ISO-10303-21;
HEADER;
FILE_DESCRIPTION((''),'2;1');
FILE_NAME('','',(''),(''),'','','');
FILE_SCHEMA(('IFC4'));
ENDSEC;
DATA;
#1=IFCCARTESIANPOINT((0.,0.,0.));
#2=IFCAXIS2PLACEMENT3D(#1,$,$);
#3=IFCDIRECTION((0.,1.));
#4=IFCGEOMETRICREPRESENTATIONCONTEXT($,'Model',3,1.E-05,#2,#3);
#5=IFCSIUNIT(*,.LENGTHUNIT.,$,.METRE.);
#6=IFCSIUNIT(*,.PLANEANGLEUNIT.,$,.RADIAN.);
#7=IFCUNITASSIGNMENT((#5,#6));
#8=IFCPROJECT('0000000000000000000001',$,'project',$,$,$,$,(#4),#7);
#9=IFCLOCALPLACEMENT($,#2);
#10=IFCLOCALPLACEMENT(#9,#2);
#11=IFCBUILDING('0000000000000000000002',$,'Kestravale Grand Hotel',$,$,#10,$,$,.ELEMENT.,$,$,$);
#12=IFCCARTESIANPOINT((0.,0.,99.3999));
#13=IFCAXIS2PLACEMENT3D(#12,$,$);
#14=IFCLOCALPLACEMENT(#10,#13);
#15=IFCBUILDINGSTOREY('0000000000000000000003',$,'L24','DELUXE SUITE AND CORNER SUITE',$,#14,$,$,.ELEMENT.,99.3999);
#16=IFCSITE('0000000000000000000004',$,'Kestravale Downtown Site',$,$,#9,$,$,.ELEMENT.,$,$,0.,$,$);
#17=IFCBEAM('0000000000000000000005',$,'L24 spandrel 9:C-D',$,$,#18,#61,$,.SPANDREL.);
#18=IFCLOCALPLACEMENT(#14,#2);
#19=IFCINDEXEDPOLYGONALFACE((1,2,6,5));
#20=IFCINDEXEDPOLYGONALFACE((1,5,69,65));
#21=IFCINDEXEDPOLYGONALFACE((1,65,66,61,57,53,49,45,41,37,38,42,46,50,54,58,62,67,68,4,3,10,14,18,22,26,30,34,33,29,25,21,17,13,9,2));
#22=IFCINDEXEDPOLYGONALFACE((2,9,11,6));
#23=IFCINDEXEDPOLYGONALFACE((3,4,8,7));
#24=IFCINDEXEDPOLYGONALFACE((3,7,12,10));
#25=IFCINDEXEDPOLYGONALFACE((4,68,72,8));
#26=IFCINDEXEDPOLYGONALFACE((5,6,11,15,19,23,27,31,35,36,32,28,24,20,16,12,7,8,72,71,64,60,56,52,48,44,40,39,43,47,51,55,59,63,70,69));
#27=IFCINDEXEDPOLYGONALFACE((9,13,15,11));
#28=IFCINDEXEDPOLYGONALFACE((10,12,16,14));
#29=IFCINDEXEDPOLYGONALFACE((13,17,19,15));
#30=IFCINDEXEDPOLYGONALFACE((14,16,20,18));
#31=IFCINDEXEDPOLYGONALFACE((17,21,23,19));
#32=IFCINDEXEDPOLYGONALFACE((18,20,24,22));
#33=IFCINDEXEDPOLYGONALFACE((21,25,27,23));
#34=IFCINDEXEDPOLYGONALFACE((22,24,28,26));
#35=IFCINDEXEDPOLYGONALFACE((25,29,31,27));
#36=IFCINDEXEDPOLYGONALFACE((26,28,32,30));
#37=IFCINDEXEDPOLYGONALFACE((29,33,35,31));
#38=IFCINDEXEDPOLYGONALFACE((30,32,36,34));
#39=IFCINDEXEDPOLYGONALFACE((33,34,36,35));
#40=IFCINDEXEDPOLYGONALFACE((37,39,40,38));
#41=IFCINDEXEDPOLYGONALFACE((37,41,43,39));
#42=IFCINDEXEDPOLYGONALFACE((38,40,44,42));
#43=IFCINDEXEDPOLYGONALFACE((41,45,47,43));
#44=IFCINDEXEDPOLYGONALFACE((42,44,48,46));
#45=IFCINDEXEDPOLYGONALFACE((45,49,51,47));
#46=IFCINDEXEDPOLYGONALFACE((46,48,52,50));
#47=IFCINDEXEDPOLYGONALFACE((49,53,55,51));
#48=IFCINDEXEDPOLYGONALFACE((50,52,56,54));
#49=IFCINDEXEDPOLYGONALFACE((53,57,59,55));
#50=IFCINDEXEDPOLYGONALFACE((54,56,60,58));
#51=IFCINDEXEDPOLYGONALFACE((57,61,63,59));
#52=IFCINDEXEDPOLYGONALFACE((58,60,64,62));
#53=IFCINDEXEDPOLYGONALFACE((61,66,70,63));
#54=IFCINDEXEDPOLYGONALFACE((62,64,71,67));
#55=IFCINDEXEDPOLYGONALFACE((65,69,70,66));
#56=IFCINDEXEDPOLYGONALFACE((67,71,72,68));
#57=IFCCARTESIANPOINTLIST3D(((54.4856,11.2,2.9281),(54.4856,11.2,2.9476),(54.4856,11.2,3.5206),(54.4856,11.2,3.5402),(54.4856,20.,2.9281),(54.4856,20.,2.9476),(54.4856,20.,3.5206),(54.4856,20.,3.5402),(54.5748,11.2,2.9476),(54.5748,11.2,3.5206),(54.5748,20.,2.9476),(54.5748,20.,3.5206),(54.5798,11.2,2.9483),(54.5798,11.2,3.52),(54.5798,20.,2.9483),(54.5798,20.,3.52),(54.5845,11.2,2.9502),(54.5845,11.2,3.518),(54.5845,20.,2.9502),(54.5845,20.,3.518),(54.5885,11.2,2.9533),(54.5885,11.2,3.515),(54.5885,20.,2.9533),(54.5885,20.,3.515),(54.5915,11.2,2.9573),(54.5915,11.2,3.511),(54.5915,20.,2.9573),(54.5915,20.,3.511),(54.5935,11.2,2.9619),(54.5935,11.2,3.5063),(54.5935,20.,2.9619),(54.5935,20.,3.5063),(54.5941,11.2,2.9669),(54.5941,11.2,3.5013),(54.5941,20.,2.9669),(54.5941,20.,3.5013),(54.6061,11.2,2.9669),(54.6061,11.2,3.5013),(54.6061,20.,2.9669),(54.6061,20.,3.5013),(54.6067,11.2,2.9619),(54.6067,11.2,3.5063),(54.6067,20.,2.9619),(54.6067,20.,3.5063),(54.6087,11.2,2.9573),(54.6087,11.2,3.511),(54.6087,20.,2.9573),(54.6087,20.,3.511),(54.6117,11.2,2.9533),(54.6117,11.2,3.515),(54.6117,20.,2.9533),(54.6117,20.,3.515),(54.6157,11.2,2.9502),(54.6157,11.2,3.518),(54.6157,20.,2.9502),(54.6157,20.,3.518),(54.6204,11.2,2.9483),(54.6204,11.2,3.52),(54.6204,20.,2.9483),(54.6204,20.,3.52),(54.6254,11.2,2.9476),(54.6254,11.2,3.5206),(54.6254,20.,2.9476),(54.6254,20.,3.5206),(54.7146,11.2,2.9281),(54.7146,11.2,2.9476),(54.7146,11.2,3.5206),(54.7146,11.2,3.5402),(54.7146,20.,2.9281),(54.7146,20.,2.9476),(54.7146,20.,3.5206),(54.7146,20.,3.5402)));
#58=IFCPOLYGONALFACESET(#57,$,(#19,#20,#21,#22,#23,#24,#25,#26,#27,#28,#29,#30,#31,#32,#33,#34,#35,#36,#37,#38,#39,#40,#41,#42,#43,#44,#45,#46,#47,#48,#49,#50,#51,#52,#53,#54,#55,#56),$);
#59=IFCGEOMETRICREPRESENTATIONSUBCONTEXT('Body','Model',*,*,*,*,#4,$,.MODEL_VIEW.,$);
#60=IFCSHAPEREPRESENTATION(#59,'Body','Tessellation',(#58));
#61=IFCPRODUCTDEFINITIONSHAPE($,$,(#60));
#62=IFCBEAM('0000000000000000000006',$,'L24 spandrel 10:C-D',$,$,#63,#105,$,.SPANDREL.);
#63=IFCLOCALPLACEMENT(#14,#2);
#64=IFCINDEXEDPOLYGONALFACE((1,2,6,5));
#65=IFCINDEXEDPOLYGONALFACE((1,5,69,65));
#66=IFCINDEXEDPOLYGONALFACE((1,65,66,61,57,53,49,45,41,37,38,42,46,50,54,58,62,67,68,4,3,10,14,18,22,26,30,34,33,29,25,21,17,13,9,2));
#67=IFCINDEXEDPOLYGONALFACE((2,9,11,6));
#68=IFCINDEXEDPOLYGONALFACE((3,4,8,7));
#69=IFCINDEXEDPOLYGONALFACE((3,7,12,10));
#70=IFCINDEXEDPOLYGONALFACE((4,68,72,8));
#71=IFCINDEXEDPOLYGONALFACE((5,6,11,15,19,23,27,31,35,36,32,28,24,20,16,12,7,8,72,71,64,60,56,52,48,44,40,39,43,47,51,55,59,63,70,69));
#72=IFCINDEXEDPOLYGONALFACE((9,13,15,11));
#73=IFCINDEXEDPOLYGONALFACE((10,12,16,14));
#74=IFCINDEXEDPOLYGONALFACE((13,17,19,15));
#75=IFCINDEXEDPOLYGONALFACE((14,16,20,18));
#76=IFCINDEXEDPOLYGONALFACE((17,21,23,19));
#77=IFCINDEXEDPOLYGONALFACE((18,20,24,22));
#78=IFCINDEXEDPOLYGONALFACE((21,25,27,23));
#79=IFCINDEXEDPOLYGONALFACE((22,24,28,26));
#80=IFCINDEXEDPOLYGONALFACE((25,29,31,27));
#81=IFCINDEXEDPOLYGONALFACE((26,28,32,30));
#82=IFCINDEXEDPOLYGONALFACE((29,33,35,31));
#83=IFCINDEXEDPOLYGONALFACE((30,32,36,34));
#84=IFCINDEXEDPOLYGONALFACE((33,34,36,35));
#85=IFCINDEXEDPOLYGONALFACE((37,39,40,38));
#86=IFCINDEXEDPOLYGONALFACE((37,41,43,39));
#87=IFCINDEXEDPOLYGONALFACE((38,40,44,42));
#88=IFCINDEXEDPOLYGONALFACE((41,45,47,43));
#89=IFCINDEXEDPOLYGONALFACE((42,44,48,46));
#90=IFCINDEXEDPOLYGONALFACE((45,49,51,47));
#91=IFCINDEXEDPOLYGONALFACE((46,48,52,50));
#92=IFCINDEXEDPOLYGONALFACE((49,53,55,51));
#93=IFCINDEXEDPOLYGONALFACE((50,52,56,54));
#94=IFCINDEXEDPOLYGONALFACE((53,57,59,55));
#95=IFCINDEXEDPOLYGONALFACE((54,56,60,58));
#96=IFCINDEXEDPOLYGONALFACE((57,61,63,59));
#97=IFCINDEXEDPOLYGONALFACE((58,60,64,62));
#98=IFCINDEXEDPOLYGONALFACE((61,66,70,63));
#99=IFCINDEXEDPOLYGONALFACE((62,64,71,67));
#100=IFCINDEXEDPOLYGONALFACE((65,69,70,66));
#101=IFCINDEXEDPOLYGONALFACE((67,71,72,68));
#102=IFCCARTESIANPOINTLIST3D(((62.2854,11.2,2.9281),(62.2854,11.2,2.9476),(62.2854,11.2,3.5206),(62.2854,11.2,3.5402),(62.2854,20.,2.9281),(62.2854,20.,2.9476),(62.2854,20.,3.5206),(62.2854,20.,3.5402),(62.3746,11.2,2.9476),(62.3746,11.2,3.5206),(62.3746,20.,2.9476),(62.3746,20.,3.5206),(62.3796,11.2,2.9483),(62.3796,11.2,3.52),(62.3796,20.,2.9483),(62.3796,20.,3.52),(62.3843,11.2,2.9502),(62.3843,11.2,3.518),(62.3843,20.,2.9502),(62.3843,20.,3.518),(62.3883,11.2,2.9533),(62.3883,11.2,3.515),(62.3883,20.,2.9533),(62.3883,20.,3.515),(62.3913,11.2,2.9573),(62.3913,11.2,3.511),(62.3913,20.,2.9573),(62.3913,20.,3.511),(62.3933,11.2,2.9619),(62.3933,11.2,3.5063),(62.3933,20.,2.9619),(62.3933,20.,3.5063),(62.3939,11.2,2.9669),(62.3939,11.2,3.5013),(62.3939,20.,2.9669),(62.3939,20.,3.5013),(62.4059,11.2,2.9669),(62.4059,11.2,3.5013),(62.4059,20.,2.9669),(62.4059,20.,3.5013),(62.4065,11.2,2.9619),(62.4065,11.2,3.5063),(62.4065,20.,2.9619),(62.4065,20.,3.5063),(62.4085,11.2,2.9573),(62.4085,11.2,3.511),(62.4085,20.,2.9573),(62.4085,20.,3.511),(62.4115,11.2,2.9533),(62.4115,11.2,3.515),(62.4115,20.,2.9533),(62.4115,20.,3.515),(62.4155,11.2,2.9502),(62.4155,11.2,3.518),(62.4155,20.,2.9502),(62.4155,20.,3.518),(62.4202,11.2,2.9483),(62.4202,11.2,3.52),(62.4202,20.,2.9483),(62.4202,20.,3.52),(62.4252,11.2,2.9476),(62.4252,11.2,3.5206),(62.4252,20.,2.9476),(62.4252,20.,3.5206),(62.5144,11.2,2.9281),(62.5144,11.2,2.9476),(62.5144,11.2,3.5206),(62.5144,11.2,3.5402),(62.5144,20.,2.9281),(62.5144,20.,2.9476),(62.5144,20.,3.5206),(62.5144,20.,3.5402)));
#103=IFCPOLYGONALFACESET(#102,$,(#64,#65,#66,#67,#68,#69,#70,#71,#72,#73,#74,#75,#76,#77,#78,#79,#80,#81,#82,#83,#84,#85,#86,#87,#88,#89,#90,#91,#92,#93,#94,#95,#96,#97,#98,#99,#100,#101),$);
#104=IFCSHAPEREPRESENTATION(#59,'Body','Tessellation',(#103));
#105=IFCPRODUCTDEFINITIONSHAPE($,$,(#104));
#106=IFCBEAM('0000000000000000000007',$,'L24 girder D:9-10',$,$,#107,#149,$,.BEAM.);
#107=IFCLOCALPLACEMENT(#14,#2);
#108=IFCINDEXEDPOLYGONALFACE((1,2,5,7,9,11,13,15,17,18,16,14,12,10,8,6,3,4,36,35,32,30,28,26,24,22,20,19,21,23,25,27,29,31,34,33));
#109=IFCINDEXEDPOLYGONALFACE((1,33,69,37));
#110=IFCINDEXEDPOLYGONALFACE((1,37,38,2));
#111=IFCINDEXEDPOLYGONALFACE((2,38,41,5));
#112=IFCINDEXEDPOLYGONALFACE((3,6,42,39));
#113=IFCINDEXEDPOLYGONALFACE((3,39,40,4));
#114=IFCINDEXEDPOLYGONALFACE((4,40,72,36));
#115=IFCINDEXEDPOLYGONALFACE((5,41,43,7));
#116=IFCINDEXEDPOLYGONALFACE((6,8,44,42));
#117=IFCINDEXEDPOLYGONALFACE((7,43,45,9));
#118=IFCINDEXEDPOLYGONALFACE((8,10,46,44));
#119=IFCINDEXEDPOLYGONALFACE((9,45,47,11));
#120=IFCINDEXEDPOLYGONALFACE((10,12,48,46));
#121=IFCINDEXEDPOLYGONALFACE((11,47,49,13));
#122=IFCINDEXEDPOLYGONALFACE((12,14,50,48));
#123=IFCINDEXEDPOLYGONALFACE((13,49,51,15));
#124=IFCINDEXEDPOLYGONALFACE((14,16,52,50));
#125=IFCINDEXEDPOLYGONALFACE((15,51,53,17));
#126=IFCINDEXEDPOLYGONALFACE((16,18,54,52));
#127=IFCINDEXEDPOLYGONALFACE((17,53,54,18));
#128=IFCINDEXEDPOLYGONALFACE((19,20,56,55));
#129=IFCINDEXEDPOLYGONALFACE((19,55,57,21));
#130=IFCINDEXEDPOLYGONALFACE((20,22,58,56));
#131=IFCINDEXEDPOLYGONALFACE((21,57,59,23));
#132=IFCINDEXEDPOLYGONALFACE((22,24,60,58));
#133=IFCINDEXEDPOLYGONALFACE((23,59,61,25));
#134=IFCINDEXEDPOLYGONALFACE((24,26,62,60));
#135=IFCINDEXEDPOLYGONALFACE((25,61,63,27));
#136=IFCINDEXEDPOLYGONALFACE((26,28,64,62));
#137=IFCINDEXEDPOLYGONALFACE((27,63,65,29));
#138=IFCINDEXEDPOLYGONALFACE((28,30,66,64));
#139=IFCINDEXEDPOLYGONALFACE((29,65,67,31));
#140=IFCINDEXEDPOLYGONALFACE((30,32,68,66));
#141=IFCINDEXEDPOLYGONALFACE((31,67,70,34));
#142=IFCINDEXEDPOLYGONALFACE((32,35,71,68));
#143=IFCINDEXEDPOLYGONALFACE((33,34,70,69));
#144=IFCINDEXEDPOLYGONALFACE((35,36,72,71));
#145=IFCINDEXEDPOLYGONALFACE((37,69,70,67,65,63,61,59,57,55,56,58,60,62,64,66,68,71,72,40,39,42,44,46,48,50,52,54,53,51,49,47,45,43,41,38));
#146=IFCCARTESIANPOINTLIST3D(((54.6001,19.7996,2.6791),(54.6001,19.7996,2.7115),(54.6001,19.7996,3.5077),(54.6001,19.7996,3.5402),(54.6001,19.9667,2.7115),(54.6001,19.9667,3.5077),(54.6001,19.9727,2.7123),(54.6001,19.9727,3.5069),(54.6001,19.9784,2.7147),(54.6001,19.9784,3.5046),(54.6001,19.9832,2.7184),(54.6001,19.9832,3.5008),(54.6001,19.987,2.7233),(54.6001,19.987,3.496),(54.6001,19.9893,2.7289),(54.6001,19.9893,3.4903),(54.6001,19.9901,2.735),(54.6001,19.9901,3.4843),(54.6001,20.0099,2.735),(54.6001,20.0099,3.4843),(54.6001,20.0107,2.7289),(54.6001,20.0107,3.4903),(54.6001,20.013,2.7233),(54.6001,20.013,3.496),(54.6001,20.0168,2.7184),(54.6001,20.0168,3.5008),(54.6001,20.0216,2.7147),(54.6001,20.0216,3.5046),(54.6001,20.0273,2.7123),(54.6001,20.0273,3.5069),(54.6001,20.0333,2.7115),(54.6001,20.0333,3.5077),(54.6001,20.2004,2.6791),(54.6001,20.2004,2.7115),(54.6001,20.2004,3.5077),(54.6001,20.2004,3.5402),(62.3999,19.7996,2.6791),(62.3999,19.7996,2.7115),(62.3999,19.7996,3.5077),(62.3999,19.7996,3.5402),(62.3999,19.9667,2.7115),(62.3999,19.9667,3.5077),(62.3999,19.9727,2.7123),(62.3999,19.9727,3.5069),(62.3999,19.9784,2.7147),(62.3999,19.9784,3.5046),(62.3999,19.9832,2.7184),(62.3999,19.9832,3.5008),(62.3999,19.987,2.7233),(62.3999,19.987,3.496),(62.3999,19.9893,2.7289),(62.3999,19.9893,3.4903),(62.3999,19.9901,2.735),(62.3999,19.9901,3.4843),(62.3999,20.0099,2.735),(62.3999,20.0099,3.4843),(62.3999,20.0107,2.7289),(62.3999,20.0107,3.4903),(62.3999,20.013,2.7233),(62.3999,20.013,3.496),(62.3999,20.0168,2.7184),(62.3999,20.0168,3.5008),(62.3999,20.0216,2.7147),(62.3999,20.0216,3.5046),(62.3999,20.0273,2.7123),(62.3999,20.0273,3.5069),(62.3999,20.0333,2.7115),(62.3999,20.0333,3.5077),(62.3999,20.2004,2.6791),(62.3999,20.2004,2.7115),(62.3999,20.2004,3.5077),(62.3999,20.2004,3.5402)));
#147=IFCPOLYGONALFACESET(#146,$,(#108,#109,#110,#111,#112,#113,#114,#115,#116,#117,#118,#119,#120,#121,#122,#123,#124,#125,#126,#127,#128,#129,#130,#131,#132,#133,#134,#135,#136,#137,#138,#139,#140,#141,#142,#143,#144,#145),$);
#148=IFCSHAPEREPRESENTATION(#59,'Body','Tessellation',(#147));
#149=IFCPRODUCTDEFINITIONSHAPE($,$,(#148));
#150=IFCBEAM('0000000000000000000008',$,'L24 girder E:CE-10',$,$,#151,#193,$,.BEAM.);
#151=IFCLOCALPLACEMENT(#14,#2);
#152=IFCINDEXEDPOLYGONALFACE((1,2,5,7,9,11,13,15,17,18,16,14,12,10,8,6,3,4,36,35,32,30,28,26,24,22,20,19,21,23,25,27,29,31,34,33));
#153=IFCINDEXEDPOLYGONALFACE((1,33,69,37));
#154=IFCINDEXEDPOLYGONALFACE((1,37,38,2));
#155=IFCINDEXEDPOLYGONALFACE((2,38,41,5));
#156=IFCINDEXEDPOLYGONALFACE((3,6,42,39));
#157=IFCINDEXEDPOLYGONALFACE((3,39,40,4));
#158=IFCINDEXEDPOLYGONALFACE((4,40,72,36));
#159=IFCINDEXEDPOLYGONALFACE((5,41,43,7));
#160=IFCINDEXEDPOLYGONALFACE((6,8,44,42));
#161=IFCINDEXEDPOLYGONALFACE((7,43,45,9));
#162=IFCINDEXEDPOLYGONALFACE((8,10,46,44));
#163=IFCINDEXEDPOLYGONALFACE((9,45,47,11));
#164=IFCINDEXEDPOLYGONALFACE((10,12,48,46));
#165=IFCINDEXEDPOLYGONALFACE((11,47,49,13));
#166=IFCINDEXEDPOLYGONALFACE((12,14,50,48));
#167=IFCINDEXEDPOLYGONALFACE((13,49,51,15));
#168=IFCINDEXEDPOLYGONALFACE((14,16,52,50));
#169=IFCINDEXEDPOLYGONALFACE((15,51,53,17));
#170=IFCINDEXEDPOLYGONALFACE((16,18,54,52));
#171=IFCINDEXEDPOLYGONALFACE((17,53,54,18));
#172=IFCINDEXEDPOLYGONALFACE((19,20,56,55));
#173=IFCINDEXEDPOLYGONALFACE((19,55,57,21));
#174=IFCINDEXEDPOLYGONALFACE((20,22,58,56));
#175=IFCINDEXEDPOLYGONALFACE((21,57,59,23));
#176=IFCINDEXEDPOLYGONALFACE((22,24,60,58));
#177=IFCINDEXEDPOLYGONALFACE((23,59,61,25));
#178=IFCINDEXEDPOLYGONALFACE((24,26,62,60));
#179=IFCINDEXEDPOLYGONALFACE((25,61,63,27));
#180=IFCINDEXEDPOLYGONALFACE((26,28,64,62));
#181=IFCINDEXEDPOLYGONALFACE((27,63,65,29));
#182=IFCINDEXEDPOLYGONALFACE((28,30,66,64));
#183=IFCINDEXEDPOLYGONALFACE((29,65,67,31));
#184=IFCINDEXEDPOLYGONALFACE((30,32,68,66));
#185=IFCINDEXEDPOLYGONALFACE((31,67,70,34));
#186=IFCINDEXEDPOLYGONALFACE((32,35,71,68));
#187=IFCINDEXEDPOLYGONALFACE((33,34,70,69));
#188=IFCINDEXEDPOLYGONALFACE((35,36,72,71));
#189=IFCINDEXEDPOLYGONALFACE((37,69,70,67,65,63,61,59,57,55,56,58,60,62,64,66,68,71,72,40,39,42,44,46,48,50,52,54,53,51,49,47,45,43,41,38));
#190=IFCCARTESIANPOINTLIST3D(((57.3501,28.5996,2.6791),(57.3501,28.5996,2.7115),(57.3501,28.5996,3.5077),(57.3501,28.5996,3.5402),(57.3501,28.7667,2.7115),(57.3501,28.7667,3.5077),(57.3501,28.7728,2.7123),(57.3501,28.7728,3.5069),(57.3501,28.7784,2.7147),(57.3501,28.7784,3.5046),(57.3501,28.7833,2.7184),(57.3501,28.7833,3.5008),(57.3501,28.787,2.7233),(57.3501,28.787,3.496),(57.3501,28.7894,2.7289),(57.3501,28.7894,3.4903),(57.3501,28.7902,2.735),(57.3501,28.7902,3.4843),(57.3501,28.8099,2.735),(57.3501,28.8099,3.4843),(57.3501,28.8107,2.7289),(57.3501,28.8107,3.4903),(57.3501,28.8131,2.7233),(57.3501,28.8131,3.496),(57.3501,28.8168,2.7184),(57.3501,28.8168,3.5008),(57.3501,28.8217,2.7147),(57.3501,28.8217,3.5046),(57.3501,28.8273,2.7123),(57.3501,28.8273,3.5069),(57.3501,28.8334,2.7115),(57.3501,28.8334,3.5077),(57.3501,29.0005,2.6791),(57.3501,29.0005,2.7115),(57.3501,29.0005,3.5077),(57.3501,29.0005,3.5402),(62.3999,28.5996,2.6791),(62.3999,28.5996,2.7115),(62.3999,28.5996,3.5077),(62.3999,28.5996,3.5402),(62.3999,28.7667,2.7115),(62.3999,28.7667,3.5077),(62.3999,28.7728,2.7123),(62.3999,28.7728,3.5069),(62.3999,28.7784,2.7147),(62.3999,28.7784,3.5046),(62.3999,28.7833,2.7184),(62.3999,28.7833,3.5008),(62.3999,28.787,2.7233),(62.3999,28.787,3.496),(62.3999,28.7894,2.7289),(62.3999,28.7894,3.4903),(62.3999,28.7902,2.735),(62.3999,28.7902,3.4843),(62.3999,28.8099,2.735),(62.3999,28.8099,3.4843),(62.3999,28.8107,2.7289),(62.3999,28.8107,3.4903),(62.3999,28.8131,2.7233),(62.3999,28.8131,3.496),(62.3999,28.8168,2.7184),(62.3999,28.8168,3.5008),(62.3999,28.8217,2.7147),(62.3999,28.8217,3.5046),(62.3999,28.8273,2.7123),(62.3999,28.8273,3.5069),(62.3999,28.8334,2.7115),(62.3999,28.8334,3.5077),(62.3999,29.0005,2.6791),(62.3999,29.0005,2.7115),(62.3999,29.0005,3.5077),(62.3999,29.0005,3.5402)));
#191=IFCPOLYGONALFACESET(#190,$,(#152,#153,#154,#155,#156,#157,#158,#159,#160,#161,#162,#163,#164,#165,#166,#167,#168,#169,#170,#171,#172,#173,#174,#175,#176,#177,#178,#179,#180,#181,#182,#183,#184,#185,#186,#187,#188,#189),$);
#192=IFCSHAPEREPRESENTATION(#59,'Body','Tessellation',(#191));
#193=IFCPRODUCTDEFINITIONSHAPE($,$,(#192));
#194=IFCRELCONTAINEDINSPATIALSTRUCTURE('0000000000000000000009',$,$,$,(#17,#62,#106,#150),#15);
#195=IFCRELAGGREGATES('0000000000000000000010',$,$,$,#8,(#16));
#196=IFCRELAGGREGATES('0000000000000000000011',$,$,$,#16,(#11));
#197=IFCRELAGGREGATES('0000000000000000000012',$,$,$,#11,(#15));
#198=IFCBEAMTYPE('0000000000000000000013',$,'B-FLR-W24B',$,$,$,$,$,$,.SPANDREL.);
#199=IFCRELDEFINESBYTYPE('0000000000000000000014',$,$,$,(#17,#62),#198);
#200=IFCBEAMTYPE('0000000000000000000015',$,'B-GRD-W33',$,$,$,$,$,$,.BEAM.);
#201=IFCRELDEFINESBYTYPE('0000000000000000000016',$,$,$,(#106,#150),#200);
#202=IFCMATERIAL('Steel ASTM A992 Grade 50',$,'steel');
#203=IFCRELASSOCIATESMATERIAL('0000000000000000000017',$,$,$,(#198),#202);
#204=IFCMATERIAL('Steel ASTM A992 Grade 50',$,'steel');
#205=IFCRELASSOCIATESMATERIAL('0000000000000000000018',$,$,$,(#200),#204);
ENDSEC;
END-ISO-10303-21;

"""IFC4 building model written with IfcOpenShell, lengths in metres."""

from ifc_helpers import new_model, si_unit, direction, frame, origin, origin_2d, place, context, subcontext, project, spatial, i_section, extrude, material, material_profile, profile_set, type_object, element, save


model = new_model("IFC4")

# Units and contexts
model_context = context("Model", 3, precision=1e-05, world=origin(), true_north=direction((0.0, 1.0)))
body_context = subcontext(model_context, "Body", "Model", "MODEL_VIEW")
ifc_project = project(units=[si_unit("LENGTHUNIT", "METRE"), si_unit("PLANEANGLEUNIT", "RADIAN")], contexts=[model_context])

# Site, building, storey
site_placement = place(None, origin())
site = spatial("IfcSite", under=ifc_project, at=site_placement, Name="Kestravale Downtown Site", CompositionType="ELEMENT", RefElevation=0.0)
building_placement = place(site_placement, origin())
building = spatial("IfcBuilding", under=site, at=building_placement, Name="Kestravale Grand Hotel", CompositionType="ELEMENT")
storey_placement = place(building_placement, frame((0.0, 0.0, 99.3999)))
storey = spatial("IfcBuildingStorey", under=building, at=storey_placement, Name="L24", Description="DELUXE SUITE AND CORNER SUITE", CompositionType="ELEMENT", Elevation=99.3999)

# Beams
ifc_material_1 = material(Name="Steel ASTM A992 Grade 50", Category="steel")
ifc_material_profile_1 = material_profile(ifc_material_1, i_section(OverallWidth=0.229, OverallDepth=0.6121, WebThickness=0.012, FlangeThickness=0.0195, FilletRadius=0.0193, at=origin_2d()))
ifc_profile_set_1 = profile_set([ifc_material_profile_1], Name="Steel ASTM A992 Grade 50")
beam_type_1 = type_object("IfcBeamType", Name="B-FLR-W24B", PredefinedType="SPANDREL", material=ifc_profile_set_1)
for number, where, z_axis, x_axis, name in (
    (1, (54.6001, 11.2, 3.2341), (0.0, 1.0, 0.0), (-1.0, 0.0, 0.0), "L24 spandrel 9:C-D"),
    (2, (62.3999, 11.2, 3.2341), (0.0, 1.0, 0.0), (-1.0, 0.0, 0.0), "L24 spandrel 10:C-D"),
):
    element("IfcBeam", number, at=place(storey_placement, frame(where, z_axis=z_axis, x_axis=x_axis)), inside=storey, type_object=beam_type_1, Name=name, PredefinedType="SPANDREL", context=body_context, shape_type="SweptSolid", body=[
        extrude(i_section(OverallWidth=0.229, OverallDepth=0.6121, WebThickness=0.012, FlangeThickness=0.0195, FilletRadius=0.0193, at=origin_2d()), origin(), (0.0, 0.0, 1.0), 8.8),
    ])
ifc_material_2 = material(Name="Steel ASTM A992 Grade 50", Category="steel")
ifc_material_profile_2 = material_profile(ifc_material_2, i_section(OverallWidth=0.4009, OverallDepth=0.8611, WebThickness=0.0198, FlangeThickness=0.0325, FilletRadius=0.0234, at=origin_2d()))
ifc_profile_set_2 = profile_set([ifc_material_profile_2], Name="Steel ASTM A992 Grade 50")
beam_type_2 = type_object("IfcBeamType", Name="B-GRD-W33", PredefinedType="BEAM", material=ifc_profile_set_2)
beam_1_placement = place(storey_placement, frame((54.6001, 20.0, 3.1096), z_axis=(1.0, 0.0, 0.0), x_axis=(0.0, 1.0, 0.0)))
element("IfcBeam", 3, at=beam_1_placement, inside=storey, type_object=beam_type_2, Name="L24 girder D:9-10", PredefinedType="BEAM", context=body_context, shape_type="SweptSolid", body=[
    extrude(i_section(OverallWidth=0.4009, OverallDepth=0.8611, WebThickness=0.0198, FlangeThickness=0.0325, FilletRadius=0.0234, at=origin_2d()), origin(), (0.0, 0.0, 1.0), 7.7998),
])
beam_2_placement = place(storey_placement, frame((57.3501, 28.8, 3.1096), z_axis=(1.0, 0.0, 0.0), x_axis=(0.0, 1.0, 0.0)))
element("IfcBeam", 4, at=beam_2_placement, inside=storey, type_object=beam_type_2, Name="L24 girder E:CE-10", PredefinedType="BEAM", context=body_context, shape_type="SweptSolid", body=[
    extrude(i_section(OverallWidth=0.4009, OverallDepth=0.8611, WebThickness=0.0198, FlangeThickness=0.0325, FilletRadius=0.0234, at=origin_2d()), origin(), (0.0, 0.0, 1.0), 5.0498),
])

save(model, "model.ifc")
